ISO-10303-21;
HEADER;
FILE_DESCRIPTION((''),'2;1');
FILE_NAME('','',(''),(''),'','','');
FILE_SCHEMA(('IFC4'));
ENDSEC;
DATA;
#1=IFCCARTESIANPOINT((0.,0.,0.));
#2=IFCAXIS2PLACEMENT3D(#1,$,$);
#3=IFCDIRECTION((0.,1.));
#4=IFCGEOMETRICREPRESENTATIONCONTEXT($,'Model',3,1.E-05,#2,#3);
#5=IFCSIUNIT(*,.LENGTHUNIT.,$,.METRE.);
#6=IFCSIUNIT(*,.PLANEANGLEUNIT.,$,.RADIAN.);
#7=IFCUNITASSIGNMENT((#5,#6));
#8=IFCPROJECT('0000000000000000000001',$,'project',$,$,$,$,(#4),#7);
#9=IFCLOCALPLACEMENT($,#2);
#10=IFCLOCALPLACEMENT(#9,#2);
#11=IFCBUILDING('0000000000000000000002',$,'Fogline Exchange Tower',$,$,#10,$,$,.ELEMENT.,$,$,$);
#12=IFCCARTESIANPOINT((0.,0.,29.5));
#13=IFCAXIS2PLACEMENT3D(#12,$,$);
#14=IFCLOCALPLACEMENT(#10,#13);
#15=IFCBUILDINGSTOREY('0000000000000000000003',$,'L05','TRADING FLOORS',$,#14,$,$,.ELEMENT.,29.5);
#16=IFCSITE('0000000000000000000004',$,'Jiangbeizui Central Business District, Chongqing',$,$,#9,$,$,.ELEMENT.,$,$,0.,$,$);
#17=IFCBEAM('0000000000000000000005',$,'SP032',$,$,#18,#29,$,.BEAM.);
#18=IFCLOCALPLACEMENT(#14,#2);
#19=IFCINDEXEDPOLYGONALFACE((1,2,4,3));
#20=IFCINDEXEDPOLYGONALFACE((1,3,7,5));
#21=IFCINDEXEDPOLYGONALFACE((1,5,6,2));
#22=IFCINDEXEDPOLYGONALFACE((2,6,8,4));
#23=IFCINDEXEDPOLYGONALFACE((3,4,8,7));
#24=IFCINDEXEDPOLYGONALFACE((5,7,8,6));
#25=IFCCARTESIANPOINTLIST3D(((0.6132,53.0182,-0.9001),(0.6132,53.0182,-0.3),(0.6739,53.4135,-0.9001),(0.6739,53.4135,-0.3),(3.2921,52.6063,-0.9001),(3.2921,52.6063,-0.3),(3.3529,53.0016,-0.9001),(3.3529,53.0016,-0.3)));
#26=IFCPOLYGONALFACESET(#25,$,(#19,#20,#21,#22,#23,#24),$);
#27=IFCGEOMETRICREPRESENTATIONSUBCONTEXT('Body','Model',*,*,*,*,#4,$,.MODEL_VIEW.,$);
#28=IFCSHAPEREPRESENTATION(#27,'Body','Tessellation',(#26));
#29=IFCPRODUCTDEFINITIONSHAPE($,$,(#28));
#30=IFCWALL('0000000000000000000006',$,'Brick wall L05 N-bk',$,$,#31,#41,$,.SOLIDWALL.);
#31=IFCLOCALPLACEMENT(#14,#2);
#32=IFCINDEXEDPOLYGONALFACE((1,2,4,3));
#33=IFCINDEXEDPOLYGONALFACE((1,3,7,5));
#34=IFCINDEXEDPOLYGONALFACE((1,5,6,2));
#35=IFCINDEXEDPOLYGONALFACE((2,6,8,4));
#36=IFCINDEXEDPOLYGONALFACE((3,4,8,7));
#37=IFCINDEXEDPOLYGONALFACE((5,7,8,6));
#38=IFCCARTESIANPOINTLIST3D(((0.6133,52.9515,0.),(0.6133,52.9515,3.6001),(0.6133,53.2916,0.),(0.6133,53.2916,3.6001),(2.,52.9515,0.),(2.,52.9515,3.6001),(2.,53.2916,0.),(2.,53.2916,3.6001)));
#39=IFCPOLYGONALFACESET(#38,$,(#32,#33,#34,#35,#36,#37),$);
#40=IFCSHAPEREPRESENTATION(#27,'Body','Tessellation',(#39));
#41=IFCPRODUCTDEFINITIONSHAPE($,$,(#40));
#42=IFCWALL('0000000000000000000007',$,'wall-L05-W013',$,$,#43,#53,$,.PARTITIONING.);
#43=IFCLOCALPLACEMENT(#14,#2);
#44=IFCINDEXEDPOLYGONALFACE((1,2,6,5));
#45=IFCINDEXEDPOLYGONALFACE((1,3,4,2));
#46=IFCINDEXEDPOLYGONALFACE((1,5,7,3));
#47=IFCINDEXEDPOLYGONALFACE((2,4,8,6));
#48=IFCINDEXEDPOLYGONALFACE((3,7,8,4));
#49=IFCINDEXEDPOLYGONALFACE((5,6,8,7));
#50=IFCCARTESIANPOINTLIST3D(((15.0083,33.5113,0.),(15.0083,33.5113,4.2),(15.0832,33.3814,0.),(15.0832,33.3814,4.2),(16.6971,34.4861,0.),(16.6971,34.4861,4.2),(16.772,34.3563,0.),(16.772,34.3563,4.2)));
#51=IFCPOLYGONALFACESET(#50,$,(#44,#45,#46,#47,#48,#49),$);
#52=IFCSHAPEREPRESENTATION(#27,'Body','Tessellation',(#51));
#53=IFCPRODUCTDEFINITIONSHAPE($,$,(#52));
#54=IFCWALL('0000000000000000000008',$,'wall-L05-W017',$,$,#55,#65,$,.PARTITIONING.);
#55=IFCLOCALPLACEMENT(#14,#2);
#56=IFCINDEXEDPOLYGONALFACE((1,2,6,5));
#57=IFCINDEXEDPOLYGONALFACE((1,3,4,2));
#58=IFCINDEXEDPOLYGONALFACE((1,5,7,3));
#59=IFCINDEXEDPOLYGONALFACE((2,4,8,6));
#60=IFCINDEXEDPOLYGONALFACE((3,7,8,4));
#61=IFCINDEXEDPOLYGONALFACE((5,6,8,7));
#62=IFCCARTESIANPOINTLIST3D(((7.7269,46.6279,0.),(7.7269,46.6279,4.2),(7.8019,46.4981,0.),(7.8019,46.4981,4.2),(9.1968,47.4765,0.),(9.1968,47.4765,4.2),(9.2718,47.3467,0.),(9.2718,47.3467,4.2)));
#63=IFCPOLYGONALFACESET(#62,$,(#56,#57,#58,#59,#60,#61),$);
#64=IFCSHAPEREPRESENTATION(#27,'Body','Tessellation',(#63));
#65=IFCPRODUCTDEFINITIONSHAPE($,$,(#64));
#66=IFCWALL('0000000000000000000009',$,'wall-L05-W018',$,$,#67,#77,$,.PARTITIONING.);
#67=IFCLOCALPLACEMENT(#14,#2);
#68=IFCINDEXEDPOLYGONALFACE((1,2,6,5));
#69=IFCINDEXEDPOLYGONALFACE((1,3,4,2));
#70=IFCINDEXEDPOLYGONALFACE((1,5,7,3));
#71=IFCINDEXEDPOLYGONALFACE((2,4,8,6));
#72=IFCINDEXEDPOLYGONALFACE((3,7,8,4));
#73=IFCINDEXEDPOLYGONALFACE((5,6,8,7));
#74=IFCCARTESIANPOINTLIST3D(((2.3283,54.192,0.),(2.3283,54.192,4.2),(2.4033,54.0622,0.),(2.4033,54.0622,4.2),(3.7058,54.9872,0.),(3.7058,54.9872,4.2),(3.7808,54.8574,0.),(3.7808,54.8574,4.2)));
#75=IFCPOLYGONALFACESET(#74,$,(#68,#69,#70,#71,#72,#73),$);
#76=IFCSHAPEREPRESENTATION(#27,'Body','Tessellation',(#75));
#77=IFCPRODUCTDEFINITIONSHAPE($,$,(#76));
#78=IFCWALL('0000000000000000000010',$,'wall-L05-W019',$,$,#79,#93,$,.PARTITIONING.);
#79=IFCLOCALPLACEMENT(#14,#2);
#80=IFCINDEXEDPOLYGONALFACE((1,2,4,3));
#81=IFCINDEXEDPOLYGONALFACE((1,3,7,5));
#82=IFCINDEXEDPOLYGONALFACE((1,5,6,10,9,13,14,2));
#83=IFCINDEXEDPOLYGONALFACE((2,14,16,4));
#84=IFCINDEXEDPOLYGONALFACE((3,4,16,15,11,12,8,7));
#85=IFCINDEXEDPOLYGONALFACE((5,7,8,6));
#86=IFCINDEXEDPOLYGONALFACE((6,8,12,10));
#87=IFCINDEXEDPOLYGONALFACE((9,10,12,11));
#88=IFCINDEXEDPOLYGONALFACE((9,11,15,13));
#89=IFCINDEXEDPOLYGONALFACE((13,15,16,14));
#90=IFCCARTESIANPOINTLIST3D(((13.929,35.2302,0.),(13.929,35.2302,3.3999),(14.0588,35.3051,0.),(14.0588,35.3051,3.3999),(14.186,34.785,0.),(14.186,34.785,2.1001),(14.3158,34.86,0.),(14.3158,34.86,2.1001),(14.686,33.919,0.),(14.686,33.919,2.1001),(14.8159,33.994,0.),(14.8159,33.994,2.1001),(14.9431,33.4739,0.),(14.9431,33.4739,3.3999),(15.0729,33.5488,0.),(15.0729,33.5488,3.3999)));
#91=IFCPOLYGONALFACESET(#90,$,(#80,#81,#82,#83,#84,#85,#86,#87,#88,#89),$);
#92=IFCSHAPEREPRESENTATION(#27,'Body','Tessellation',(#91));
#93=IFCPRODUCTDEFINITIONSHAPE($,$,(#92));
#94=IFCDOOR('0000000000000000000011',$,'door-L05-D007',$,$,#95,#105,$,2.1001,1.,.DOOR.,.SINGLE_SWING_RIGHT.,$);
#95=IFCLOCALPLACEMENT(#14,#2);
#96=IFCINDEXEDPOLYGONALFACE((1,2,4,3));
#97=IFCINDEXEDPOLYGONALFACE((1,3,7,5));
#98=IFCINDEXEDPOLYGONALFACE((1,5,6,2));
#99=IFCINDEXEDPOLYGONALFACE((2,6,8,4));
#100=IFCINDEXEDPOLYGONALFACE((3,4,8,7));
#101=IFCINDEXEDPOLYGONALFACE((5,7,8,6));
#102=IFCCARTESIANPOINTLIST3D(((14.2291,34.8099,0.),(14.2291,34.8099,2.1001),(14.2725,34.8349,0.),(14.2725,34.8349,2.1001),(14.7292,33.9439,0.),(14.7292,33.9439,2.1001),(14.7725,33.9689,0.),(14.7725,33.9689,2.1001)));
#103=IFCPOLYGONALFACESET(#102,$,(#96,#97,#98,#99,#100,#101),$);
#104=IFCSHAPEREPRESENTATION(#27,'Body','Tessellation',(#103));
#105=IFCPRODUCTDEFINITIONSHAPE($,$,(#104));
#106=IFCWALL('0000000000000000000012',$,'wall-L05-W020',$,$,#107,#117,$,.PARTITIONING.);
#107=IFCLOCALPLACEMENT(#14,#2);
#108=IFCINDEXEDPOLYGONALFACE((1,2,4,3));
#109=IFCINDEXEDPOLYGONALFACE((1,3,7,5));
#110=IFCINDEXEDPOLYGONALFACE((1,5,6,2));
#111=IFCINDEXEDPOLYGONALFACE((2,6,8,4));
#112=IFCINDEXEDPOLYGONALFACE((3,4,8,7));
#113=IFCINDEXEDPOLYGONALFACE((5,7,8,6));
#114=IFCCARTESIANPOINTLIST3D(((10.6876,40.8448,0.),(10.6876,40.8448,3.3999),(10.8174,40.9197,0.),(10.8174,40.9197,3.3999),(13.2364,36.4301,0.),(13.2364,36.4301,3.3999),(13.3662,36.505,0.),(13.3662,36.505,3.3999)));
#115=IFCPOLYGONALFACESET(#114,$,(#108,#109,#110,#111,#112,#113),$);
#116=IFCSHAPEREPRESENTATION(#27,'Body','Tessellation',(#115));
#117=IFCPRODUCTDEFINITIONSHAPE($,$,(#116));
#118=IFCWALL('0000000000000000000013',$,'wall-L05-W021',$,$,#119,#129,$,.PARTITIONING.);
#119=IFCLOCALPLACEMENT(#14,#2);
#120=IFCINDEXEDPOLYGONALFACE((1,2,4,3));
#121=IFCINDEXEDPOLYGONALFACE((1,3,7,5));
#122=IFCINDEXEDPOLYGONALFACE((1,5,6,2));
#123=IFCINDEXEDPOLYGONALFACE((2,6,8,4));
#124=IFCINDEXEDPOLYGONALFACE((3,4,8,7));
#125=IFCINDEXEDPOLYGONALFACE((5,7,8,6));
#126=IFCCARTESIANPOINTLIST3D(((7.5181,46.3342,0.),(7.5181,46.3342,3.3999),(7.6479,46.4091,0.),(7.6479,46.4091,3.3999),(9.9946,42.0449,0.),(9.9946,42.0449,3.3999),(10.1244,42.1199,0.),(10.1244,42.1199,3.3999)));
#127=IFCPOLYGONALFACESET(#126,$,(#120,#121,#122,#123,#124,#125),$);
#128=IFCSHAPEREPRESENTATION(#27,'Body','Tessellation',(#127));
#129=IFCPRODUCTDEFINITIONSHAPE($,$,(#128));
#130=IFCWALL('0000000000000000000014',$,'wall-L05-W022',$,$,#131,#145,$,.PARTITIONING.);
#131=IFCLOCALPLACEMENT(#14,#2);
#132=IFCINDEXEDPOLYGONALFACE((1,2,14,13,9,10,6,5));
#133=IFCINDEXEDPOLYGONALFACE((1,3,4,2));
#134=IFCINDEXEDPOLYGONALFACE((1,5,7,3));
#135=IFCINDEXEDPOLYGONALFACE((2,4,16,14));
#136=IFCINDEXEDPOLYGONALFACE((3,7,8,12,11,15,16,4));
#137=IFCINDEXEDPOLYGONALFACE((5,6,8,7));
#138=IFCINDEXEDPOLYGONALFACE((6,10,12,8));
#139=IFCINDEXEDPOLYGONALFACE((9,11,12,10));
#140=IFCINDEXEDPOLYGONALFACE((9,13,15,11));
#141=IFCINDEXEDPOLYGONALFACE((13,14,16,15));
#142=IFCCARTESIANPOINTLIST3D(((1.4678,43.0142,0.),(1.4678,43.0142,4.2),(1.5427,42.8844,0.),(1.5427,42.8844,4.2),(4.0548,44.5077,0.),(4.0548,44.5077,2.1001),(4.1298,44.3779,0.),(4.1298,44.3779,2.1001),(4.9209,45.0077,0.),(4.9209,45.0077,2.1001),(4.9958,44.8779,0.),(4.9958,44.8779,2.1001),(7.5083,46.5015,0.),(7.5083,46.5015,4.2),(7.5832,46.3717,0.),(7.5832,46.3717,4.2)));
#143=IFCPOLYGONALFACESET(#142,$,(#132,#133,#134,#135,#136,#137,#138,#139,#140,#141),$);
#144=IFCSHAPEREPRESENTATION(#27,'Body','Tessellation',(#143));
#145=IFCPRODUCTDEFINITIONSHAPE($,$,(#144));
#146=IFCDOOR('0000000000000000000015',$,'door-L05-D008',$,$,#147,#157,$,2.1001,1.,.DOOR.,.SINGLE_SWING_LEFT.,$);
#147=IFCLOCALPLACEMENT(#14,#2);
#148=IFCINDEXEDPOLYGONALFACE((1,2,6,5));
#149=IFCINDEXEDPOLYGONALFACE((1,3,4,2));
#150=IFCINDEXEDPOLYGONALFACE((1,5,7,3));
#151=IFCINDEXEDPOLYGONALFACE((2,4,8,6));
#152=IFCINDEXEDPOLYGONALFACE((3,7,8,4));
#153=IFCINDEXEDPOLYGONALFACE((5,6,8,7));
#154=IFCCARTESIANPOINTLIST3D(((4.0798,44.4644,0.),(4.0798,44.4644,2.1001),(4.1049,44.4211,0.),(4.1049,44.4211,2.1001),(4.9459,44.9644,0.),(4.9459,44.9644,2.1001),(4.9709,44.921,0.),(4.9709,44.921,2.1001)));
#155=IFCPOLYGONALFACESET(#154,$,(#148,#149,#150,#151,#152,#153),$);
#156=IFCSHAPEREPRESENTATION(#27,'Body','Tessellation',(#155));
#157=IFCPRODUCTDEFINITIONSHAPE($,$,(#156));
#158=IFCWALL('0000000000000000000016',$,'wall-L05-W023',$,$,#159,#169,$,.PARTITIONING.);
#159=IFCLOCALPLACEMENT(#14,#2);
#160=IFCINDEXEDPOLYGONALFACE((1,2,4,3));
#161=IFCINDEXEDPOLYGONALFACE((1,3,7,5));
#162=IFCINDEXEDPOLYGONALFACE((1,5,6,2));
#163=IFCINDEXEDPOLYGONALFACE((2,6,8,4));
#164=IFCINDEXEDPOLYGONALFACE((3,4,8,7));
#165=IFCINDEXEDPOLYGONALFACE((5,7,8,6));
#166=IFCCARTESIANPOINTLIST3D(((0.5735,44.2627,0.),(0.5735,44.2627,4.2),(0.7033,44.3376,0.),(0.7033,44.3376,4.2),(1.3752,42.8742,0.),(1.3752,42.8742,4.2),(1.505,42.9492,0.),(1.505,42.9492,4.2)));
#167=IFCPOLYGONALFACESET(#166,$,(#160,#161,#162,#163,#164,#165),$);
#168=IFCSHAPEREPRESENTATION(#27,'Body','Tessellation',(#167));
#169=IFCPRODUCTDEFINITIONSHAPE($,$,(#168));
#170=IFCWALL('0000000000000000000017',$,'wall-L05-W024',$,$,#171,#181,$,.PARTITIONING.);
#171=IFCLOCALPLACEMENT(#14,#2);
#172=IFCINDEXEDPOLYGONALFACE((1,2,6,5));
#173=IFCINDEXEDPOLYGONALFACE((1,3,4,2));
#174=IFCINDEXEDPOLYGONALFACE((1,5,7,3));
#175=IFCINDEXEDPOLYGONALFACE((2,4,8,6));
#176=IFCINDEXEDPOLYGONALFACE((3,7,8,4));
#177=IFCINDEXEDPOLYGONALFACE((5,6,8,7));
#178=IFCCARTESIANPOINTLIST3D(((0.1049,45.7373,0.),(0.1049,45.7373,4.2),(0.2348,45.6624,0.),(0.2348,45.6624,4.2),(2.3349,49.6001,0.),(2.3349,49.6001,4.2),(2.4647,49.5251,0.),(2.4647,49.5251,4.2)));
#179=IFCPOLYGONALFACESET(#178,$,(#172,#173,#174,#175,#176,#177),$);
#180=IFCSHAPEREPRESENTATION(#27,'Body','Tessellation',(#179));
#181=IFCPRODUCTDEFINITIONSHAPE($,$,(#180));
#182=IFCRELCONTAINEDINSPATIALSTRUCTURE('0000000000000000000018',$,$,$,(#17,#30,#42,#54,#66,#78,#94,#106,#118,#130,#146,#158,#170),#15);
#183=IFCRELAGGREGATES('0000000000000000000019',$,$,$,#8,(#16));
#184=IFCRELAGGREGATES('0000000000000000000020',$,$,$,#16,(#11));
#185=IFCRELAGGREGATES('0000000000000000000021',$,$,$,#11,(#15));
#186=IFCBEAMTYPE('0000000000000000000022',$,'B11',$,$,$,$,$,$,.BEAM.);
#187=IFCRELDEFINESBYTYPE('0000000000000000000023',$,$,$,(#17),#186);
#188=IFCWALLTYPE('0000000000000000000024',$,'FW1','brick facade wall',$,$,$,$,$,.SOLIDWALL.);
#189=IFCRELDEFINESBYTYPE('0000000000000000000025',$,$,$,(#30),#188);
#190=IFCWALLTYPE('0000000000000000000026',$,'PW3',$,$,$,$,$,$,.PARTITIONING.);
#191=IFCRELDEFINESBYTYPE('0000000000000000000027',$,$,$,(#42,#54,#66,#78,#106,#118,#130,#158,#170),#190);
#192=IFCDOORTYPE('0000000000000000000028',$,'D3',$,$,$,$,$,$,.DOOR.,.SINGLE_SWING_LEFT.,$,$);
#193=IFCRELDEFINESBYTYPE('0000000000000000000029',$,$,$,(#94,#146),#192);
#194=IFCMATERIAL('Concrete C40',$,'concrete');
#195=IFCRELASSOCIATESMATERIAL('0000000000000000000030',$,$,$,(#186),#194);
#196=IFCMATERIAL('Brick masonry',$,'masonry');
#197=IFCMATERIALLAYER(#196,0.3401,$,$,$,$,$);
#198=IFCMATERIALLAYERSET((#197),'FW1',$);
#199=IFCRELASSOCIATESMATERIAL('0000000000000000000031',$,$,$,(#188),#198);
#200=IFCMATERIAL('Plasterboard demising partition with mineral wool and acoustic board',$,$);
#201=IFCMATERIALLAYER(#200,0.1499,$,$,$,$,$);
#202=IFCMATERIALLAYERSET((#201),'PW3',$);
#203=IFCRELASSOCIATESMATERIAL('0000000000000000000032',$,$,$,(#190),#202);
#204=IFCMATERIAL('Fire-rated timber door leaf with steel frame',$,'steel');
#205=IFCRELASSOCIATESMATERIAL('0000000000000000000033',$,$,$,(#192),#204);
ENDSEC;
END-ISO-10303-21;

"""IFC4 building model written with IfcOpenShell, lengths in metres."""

from ifc_helpers import new_model, si_unit, direction, frame, frame_2d, origin, origin_2d, place, context, subcontext, project, spatial, rectangle, extrude, material, layer, layer_set, material_profile, profile_set, type_object, element, fill, save


model = new_model("IFC4")

# Units and contexts
model_context = context("Model", 3, precision=1e-05, world=origin(), true_north=direction((0.0, 1.0)))
body_context = subcontext(model_context, "Body", "Model", "MODEL_VIEW")
ifc_project = project(units=[si_unit("LENGTHUNIT", "METRE"), si_unit("PLANEANGLEUNIT", "RADIAN")], contexts=[model_context])

# Site, building, storey
site_placement = place(None, origin())
site = spatial("IfcSite", under=ifc_project, at=site_placement, Name="Jiangbeizui Central Business District, Chongqing", CompositionType="ELEMENT", RefElevation=0.0)
building_placement = place(site_placement, origin())
building = spatial("IfcBuilding", under=site, at=building_placement, Name="Fogline Exchange Tower", CompositionType="ELEMENT")
storey_placement = place(building_placement, frame((0.0, 0.0, 29.5)))
storey = spatial("IfcBuildingStorey", under=building, at=storey_placement, Name="L05", Description="TRADING FLOORS", CompositionType="ELEMENT", Elevation=29.5)

# Beam
ifc_material_1 = material(Name="Concrete C40", Category="concrete")
ifc_material_profile_1 = material_profile(ifc_material_1, rectangle(XDim=0.3999, YDim=0.6001, at=origin_2d()), Name="RC 400x600")
ifc_profile_set_1 = profile_set([ifc_material_profile_1], Name="Concrete C40")
beam_type_1 = type_object("IfcBeamType", Name="B11", PredefinedType="BEAM", material=ifc_profile_set_1)
beam_1_placement = place(storey_placement, frame((3.3225, 52.804, -0.6001), z_axis=(-0.988387, 0.151956, 0.0), x_axis=(-0.151956, -0.988387, 0.0)))
element("IfcBeam", 1, at=beam_1_placement, inside=storey, type_object=beam_type_1, Name="SP032", PredefinedType="BEAM", context=body_context, shape_type="SweptSolid", body=[
    extrude(rectangle(XDim=0.3999, YDim=0.6001, at=origin_2d()), origin(), (0.0, 0.0, 1.0), 2.7104),
])

# Wall
ifc_material_2 = material(Name="Brick masonry", Category="masonry")
ifc_layer_1 = layer(ifc_material_2, 0.3401)
ifc_layer_set_1 = layer_set([ifc_layer_1], Name="FW1")
wall_type_1 = type_object("IfcWallType", Name="FW1", Description="brick facade wall", PredefinedType="SOLIDWALL", material=ifc_layer_set_1)
wall_1_placement = place(storey_placement, frame((2.0, 53.1216, 0.0), z_axis=(0.0, 0.0, 1.0), x_axis=(-1.0, 0.0, 0.0)))
element("IfcWall", 2, at=wall_1_placement, inside=storey, type_object=wall_type_1, Name="Brick wall L05 N-bk", PredefinedType="SOLIDWALL", context=body_context, shape_type="SweptSolid", body=[
    extrude(rectangle(XDim=1.3867, YDim=0.3401, at=frame_2d((0.6934, 0.0))), origin(), (0.0, 0.0, 1.0), 3.6001),
])

# Walls
ifc_material_3 = material(Name="Plasterboard demising partition with mineral wool and acoustic board")
ifc_layer_2 = layer(ifc_material_3, 0.1499)
ifc_layer_set_2 = layer_set([ifc_layer_2], Name="PW3")
wall_type_2 = type_object("IfcWallType", Name="PW3", PredefinedType="PARTITIONING", material=ifc_layer_set_2)
wall_2_placement = place(storey_placement, frame((15.0457, 33.4463, 0.0), z_axis=(0.0, 0.0, 1.0), x_axis=(0.866054, 0.49995, 0.0)))
element("IfcWall", 3, at=wall_2_placement, inside=storey, type_object=wall_type_2, Name="wall-L05-W013", PredefinedType="PARTITIONING", context=body_context, shape_type="SweptSolid", body=[
    extrude(rectangle(XDim=1.95, YDim=0.1499, at=frame_2d((0.9751, 0.0))), origin(), (0.0, 0.0, 1.0), 4.2),
])
wall_3_placement = place(storey_placement, frame((7.7644, 46.563, 0.0), z_axis=(0.0, 0.0, 1.0), x_axis=(0.866039, 0.499976, 0.0)))
element("IfcWall", 4, at=wall_3_placement, inside=storey, type_object=wall_type_2, Name="wall-L05-W017", PredefinedType="PARTITIONING", context=body_context, shape_type="SweptSolid", body=[
    extrude(rectangle(XDim=1.6973, YDim=0.1499, at=frame_2d((0.8486, 0.0))), origin(), (0.0, 0.0, 1.0), 4.2),
])
wall_4_placement = place(storey_placement, frame((3.7434, 54.9224, 0.0), z_axis=(0.0, 0.0, 1.0), x_axis=(-0.866053, -0.499953, 0.0)))
element("IfcWall", 5, at=wall_4_placement, inside=storey, type_object=wall_type_2, Name="wall-L05-W018", PredefinedType="PARTITIONING", context=body_context, shape_type="SweptSolid", body=[
    extrude(rectangle(XDim=1.5906, YDim=0.1499, at=frame_2d((0.7954, 0.0))), origin(), (0.0, 0.0, 1.0), 4.2),
])

# Wall, opening, door
wall_5_placement = place(storey_placement, frame((15.0081, 33.5112, 0.0), z_axis=(0.0, 0.0, 1.0), x_axis=(-0.500049, 0.865997, 0.0)))
wall_5 = element("IfcWall", 6, at=wall_5_placement, inside=storey, type_object=wall_type_2, Name="wall-L05-W019", PredefinedType="PARTITIONING", context=body_context, shape_type="SweptSolid", body=[
    extrude(rectangle(XDim=2.0281, YDim=0.1499, at=frame_2d((1.0142, 0.0))), origin(), (0.0, 0.0, 1.0), 3.3999),
])
opening_1_placement = place(wall_5_placement, frame((0.5142, 0.0, 0.0)))
opening_1 = element("IfcOpeningElement", 7, at=opening_1_placement, cuts=wall_5, PredefinedType="OPENING", context=body_context, shape_type="SweptSolid", body=[
    extrude(rectangle(XDim=1.0, YDim=2.1001, at=frame_2d((0.5, 1.05))), frame((0.0, 0.085, 0.0), z_axis=(0.0, -1.0, 0.0), x_axis=(1.0, 0.0, 0.0)), (0.0, 0.0, 1.0), 0.1699),
])
ifc_material_4 = material(Name="Fire-rated timber door leaf with steel frame", Category="steel")
door_type_1 = type_object("IfcDoorType", Name="D3", OperationType="SINGLE_SWING_LEFT", PredefinedType="DOOR", material=ifc_material_4)
door_1_placement = place(opening_1_placement, frame((1.0, 0.0, 0.0), z_axis=(0.0, 0.0, 1.0), x_axis=(-1.0, 0.0, 0.0)))
door_1 = element("IfcDoor", 8, at=door_1_placement, inside=storey, type_object=door_type_1, Name="door-L05-D007", OperationType="SINGLE_SWING_RIGHT", OverallHeight=2.1001, OverallWidth=1.0, PredefinedType="DOOR", context=body_context, shape_type="SweptSolid", body=[
    extrude(rectangle(XDim=1.0, YDim=2.1001, at=frame_2d((0.5, 1.05))), frame((0.0, 0.0249, 0.0), z_axis=(0.0, -1.0, 0.0), x_axis=(1.0, 0.0, 0.0)), (0.0, 0.0, 1.0), 0.05),
])
fill(opening_1, door_1)

# Walls
wall_6_placement = place(storey_placement, frame((13.3013, 36.4675, 0.0), z_axis=(0.0, 0.0, 1.0), x_axis=(-0.499992, 0.86603, 0.0)))
element("IfcWall", 9, at=wall_6_placement, inside=storey, type_object=wall_type_2, Name="wall-L05-W020", PredefinedType="PARTITIONING", context=body_context, shape_type="SweptSolid", body=[
    extrude(rectangle(XDim=5.0977, YDim=0.1499, at=frame_2d((2.5488, 0.0))), origin(), (0.0, 0.0, 1.0), 3.3999),
])
wall_7_placement = place(storey_placement, frame((10.0596, 42.0823, 0.0), z_axis=(0.0, 0.0, 1.0), x_axis=(-0.50002, 0.866014, 0.0)))
element("IfcWall", 10, at=wall_7_placement, inside=storey, type_object=wall_type_2, Name="wall-L05-W021", PredefinedType="PARTITIONING", context=body_context, shape_type="SweptSolid", body=[
    extrude(rectangle(XDim=4.9529, YDim=0.1499, at=frame_2d((2.4766, 0.0))), origin(), (0.0, 0.0, 1.0), 3.3999),
])

# Wall, opening, door
wall_8_placement = place(storey_placement, frame((7.5457, 46.4365, 0.0), z_axis=(0.0, 0.0, 1.0), x_axis=(-0.866038, -0.499979, 0.0)))
wall_8 = element("IfcWall", 11, at=wall_8_placement, inside=storey, type_object=wall_type_2, Name="wall-L05-W022", PredefinedType="PARTITIONING", context=body_context, shape_type="SweptSolid", body=[
    extrude(rectangle(XDim=6.9749, YDim=0.1499, at=frame_2d((3.4873, 0.0))), origin(), (0.0, 0.0, 1.0), 4.2),
])
opening_2_placement = place(wall_8_placement, frame((2.9875, 0.0, 0.0)))
opening_2 = element("IfcOpeningElement", 12, at=opening_2_placement, cuts=wall_8, PredefinedType="OPENING", context=body_context, shape_type="SweptSolid", body=[
    extrude(rectangle(XDim=1.0, YDim=2.1001, at=frame_2d((0.5, 1.05))), frame((0.0, 0.085, 0.0), z_axis=(0.0, -1.0, 0.0), x_axis=(1.0, 0.0, 0.0)), (0.0, 0.0, 1.0), 0.1699),
])
door_2_placement = place(opening_2_placement, frame((1.0, 0.0, 0.0), z_axis=(0.0, 0.0, 1.0), x_axis=(-1.0, 0.0, 0.0)))
door_2 = element("IfcDoor", 13, at=door_2_placement, inside=storey, type_object=door_type_1, Name="door-L05-D008", OperationType="SINGLE_SWING_LEFT", OverallHeight=2.1001, OverallWidth=1.0, PredefinedType="DOOR", context=body_context, shape_type="SweptSolid", body=[
    extrude(rectangle(XDim=1.0, YDim=2.1001, at=frame_2d((0.5, 1.05))), frame((0.0, 0.0249, 0.0), z_axis=(0.0, -1.0, 0.0), x_axis=(1.0, 0.0, 0.0)), (0.0, 0.0, 1.0), 0.05),
])
fill(opening_2, door_2)

# Walls
wall_9_placement = place(storey_placement, frame((1.4402, 42.9116, 0.0), z_axis=(0.0, 0.0, 1.0), x_axis=(-0.50007, 0.865985, 0.0)))
element("IfcWall", 14, at=wall_9_placement, inside=storey, type_object=wall_type_2, Name="wall-L05-W023", PredefinedType="PARTITIONING", context=body_context, shape_type="SweptSolid", body=[
    extrude(rectangle(XDim=1.6033, YDim=0.1499, at=frame_2d((0.8018, 0.0))), origin(), (0.0, 0.0, 1.0), 4.2),
])
wall_10_placement = place(storey_placement, frame((0.1699, 45.7, 0.0), z_axis=(0.0, 0.0, 1.0), x_axis=(0.499966, 0.866045, 0.0)))
element("IfcWall", 15, at=wall_10_placement, inside=storey, type_object=wall_type_2, Name="wall-L05-W024", PredefinedType="PARTITIONING", context=body_context, shape_type="SweptSolid", body=[
    extrude(rectangle(XDim=4.4602, YDim=0.1499, at=frame_2d((2.23, 0.0))), origin(), (0.0, 0.0, 1.0), 4.2),
])

save(model, "model.ifc")
